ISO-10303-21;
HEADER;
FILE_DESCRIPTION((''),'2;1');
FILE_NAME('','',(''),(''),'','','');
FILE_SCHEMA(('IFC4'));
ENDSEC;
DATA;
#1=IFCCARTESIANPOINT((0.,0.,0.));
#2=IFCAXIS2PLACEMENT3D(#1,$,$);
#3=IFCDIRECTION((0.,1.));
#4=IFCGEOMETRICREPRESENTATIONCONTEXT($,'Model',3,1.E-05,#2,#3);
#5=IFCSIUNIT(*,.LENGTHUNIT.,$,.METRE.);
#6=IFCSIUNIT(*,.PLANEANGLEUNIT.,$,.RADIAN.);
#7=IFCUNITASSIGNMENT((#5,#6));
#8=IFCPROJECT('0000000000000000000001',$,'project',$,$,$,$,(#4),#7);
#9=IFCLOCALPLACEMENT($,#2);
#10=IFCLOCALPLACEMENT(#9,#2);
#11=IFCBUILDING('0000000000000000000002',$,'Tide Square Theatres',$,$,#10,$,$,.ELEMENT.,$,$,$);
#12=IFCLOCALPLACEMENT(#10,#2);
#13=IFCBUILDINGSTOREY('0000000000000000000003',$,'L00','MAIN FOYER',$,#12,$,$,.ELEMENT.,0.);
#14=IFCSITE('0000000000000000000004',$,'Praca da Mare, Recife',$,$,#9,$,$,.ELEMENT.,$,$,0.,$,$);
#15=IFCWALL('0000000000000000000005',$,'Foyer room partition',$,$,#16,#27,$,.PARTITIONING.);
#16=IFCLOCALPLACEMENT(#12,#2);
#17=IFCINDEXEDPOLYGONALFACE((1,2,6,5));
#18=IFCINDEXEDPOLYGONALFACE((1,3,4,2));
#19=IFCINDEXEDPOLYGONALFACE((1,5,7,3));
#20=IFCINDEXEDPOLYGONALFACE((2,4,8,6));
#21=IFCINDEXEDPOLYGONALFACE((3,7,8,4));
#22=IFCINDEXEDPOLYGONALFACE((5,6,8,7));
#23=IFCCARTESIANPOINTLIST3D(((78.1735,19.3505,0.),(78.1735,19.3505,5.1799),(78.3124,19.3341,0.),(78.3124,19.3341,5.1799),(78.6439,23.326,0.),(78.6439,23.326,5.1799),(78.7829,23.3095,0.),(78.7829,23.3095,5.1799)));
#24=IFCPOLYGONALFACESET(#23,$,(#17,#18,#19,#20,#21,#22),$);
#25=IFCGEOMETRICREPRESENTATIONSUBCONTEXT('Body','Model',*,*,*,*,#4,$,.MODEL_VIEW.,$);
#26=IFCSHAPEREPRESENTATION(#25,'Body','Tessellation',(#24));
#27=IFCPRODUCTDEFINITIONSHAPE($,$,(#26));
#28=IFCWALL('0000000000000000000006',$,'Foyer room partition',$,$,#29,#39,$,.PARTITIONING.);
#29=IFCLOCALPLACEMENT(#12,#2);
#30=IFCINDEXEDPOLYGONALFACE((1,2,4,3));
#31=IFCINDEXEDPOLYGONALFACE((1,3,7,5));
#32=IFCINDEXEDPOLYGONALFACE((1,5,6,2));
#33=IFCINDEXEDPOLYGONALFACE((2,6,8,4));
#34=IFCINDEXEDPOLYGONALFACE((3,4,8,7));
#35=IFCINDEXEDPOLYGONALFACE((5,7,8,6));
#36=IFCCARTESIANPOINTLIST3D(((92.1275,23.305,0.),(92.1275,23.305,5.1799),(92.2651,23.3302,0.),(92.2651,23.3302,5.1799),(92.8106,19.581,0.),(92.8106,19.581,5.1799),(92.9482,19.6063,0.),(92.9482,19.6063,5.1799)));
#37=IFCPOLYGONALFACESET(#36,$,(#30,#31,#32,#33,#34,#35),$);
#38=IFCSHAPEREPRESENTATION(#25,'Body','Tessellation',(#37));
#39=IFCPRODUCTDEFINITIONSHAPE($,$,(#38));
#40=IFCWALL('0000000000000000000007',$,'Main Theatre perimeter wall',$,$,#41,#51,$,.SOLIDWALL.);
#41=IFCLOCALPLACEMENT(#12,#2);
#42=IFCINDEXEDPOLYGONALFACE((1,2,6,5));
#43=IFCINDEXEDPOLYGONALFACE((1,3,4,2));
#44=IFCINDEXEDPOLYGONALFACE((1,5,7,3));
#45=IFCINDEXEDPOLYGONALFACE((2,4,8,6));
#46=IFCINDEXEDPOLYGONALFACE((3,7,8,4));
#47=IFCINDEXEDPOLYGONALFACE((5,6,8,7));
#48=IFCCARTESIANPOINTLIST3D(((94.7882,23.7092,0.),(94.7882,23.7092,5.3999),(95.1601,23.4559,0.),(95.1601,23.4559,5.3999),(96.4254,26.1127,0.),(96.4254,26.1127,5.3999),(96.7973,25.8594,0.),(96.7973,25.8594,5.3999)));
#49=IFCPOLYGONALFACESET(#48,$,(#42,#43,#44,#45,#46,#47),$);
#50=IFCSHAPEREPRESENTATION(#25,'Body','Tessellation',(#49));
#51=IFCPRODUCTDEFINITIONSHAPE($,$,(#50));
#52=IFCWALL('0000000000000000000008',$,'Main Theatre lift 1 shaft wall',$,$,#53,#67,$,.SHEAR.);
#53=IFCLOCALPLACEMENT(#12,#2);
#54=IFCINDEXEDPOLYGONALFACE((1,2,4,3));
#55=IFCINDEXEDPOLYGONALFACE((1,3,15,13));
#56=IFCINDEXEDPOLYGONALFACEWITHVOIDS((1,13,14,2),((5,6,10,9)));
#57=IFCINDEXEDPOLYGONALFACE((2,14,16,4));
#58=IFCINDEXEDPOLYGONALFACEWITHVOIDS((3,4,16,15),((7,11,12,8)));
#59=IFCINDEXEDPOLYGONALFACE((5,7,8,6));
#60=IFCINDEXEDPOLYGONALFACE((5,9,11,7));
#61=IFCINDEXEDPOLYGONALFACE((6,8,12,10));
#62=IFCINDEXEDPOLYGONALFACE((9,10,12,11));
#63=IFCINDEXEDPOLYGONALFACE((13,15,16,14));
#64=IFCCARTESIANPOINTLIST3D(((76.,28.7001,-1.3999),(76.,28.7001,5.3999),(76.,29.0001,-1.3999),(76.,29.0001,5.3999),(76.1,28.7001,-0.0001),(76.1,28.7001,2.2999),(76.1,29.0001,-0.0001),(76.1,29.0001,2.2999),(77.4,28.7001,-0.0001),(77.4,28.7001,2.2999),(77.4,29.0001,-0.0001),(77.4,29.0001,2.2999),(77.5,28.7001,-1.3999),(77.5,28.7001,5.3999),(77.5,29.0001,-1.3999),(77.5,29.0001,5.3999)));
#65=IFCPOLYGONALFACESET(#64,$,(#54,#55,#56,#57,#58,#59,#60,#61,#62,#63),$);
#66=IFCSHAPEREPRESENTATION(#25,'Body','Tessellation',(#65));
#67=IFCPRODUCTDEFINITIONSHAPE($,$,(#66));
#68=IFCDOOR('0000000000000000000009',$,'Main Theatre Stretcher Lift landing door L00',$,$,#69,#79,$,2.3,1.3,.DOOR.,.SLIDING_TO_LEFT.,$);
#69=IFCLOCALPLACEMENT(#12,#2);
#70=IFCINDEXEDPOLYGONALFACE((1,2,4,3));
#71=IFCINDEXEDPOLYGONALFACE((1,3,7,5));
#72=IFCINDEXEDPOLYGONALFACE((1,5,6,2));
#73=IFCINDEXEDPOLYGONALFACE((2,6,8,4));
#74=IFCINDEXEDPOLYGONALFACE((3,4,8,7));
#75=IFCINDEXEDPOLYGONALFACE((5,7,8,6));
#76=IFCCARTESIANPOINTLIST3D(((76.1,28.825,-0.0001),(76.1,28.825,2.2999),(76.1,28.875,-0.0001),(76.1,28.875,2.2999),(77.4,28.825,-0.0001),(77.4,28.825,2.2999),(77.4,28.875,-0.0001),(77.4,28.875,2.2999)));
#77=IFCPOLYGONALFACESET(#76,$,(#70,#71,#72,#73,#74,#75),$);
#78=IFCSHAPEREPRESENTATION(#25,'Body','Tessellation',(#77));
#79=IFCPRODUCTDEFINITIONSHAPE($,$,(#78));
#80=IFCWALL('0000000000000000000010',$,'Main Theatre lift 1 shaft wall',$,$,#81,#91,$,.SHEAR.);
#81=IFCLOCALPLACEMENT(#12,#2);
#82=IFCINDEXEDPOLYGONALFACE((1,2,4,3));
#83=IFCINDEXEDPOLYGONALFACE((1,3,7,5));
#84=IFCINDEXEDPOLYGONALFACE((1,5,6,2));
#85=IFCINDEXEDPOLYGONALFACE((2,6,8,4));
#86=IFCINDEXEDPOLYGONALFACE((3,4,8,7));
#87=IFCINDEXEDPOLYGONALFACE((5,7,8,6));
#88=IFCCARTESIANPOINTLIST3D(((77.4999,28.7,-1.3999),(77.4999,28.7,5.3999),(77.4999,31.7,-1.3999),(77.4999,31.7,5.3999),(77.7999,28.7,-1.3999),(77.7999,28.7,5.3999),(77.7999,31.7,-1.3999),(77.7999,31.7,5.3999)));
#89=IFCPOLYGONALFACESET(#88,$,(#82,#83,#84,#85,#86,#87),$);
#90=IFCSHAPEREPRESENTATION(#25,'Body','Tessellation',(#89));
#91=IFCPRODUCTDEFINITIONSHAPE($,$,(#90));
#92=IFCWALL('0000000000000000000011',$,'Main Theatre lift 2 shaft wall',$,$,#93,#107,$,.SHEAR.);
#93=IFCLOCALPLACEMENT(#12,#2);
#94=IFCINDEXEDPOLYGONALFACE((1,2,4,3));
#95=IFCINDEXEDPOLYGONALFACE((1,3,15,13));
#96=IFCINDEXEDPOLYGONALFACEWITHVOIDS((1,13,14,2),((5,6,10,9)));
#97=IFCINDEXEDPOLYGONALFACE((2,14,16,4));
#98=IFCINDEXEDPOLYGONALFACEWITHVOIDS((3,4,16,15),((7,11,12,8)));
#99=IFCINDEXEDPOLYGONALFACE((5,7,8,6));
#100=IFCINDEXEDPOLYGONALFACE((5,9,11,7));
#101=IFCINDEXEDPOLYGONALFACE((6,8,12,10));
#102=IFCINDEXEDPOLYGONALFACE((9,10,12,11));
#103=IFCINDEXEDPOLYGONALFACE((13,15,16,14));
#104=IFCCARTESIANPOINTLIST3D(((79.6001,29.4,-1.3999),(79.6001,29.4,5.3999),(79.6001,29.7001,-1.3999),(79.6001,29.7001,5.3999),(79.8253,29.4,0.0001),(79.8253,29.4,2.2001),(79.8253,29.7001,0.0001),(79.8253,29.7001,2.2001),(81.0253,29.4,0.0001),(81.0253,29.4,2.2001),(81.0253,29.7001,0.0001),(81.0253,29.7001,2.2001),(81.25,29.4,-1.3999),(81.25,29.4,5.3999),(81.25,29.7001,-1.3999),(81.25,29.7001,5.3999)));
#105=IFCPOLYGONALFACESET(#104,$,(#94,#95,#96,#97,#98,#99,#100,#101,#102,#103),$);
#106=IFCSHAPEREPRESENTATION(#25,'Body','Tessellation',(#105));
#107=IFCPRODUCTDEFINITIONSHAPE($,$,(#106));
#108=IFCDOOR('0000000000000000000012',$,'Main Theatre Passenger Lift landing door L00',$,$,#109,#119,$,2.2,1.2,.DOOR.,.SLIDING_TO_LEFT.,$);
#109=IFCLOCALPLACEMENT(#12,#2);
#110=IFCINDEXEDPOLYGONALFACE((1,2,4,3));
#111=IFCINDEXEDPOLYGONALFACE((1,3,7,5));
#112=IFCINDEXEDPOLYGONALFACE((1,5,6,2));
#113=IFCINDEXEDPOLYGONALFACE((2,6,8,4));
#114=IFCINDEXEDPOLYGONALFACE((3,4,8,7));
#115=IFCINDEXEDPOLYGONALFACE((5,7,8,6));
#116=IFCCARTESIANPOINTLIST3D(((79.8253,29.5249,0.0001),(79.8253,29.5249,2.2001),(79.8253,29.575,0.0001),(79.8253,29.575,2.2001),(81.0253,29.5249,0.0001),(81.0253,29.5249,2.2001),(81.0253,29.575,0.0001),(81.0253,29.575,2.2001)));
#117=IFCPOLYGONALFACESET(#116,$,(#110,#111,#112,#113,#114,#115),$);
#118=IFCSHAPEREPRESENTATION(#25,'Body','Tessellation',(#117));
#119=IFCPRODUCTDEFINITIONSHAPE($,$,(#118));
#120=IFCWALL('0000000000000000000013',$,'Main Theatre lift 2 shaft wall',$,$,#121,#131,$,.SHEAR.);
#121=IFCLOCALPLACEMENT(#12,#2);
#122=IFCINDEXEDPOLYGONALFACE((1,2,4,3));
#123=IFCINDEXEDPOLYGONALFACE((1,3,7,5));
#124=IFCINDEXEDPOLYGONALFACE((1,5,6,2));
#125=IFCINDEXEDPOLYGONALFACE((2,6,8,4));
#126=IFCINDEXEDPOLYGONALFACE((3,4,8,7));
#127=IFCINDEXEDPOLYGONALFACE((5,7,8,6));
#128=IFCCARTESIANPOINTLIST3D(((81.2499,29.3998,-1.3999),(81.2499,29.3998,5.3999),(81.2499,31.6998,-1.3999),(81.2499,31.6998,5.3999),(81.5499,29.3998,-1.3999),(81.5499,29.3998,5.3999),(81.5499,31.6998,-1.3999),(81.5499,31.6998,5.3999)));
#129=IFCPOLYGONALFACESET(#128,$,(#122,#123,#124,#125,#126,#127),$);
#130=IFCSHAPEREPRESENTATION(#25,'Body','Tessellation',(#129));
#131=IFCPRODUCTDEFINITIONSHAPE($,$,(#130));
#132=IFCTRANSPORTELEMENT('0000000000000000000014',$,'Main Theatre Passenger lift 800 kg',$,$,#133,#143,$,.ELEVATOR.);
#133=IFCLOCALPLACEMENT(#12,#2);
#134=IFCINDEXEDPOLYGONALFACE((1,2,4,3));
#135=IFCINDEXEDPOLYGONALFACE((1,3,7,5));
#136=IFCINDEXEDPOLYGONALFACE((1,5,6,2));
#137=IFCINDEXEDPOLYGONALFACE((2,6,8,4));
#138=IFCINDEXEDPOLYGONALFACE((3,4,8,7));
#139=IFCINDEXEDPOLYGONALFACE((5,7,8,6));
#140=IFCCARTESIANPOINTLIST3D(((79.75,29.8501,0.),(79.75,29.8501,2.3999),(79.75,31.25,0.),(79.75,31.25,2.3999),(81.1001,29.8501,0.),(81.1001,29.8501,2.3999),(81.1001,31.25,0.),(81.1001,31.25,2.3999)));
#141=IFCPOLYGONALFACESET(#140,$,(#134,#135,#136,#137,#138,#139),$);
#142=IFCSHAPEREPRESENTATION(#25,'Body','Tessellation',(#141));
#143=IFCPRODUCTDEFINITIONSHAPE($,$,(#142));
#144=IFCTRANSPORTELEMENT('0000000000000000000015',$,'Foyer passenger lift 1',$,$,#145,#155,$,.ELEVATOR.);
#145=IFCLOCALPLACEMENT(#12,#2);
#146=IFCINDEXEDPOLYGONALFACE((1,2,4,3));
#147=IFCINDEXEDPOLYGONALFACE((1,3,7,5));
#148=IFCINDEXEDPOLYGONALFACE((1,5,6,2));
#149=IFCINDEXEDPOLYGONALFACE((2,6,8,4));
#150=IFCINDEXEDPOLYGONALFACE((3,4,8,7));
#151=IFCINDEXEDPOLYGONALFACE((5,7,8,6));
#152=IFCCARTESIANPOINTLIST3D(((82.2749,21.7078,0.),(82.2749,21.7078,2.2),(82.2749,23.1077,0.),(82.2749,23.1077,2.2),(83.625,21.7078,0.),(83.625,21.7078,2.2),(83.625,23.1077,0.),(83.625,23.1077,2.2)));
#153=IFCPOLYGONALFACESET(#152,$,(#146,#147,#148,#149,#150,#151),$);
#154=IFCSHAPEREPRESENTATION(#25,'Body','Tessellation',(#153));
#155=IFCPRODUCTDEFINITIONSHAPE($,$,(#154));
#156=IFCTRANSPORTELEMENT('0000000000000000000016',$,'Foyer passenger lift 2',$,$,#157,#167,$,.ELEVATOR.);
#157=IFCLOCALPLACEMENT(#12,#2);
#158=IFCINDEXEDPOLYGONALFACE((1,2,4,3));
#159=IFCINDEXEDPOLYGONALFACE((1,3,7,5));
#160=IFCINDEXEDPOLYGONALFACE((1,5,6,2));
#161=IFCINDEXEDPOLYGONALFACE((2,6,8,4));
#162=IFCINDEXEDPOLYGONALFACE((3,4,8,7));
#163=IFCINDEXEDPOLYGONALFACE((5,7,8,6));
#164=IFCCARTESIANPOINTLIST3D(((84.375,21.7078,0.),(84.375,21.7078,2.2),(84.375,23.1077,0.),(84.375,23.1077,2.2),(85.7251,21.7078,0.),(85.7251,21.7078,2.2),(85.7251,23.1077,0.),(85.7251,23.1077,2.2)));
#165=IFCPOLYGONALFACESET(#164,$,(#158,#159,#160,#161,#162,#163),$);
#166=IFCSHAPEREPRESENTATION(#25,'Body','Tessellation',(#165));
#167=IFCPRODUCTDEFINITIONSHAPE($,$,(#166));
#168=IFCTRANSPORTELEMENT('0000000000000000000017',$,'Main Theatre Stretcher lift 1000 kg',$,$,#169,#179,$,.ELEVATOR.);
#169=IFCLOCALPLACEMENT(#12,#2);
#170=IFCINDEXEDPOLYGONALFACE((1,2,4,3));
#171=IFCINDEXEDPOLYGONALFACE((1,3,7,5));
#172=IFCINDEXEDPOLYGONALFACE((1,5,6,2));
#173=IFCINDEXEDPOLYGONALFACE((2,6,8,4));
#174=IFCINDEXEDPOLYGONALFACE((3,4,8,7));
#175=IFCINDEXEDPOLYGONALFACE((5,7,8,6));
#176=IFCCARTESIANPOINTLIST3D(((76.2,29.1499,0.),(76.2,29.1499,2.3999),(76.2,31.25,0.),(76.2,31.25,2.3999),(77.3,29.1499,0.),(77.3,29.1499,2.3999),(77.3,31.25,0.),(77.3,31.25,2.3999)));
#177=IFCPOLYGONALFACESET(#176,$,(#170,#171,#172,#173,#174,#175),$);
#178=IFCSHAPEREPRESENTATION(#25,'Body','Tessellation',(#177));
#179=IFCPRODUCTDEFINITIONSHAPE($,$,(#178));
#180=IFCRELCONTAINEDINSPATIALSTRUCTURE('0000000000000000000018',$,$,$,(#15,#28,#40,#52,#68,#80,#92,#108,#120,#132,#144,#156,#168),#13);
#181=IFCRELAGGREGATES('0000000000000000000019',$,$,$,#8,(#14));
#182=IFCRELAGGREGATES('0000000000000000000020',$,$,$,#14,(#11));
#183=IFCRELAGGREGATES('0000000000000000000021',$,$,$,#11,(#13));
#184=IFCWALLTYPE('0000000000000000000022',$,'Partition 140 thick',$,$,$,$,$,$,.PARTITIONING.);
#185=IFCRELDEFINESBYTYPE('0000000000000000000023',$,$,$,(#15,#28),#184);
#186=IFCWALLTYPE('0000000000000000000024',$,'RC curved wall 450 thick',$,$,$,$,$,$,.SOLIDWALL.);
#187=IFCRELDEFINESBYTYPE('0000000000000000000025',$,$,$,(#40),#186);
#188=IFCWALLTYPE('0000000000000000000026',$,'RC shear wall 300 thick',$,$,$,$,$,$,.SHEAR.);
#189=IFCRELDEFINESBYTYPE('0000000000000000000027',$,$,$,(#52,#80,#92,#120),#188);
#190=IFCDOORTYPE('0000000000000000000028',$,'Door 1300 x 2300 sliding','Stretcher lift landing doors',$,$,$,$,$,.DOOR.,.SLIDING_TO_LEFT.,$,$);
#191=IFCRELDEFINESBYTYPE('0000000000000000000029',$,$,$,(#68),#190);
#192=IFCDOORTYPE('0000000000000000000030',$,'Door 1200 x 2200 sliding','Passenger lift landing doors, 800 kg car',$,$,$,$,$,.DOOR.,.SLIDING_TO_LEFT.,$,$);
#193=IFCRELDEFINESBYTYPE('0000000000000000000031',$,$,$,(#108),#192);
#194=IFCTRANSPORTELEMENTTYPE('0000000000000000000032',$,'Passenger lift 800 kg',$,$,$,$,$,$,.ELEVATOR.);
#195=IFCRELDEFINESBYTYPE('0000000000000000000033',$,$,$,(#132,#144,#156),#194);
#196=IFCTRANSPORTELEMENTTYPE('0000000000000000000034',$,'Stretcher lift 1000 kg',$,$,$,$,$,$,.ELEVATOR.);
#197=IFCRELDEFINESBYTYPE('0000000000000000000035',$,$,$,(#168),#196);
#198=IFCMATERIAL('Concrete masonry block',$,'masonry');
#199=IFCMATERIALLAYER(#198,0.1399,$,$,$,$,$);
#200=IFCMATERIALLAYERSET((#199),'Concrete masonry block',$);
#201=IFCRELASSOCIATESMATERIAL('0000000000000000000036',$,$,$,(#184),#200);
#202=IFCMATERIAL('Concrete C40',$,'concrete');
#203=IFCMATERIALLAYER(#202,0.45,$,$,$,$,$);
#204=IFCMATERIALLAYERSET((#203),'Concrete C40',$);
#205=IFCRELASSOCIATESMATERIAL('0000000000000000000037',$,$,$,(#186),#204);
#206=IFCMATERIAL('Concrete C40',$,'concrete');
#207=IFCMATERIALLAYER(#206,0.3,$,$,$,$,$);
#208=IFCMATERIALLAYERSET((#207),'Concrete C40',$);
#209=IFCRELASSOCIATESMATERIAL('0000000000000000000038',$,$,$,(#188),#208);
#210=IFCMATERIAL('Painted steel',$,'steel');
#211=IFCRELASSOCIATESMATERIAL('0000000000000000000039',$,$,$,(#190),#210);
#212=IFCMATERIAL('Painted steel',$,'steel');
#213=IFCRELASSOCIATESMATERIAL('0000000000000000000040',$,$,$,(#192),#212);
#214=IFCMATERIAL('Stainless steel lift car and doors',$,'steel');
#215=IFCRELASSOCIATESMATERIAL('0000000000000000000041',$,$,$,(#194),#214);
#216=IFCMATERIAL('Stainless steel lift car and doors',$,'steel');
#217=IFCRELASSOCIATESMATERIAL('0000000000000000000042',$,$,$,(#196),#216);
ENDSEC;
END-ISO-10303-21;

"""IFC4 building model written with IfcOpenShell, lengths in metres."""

from ifc_helpers import new_model, si_unit, direction, frame, frame_2d, origin, origin_2d, place, context, subcontext, project, spatial, rectangle, extrude, material, layer, layer_set, type_object, element, fill, save


model = new_model("IFC4")

# Units and contexts
model_context = context("Model", 3, precision=1e-05, world=origin(), true_north=direction((0.0, 1.0)))
body_context = subcontext(model_context, "Body", "Model", "MODEL_VIEW")
ifc_project = project(units=[si_unit("LENGTHUNIT", "METRE"), si_unit("PLANEANGLEUNIT", "RADIAN")], contexts=[model_context])

# Site, building, storey
site_placement = place(None, origin())
site = spatial("IfcSite", under=ifc_project, at=site_placement, Name="Praca da Mare, Recife", CompositionType="ELEMENT", RefElevation=0.0)
building_placement = place(site_placement, origin())
building = spatial("IfcBuilding", under=site, at=building_placement, Name="Tide Square Theatres", CompositionType="ELEMENT")
storey_placement = place(building_placement, origin())
storey = spatial("IfcBuildingStorey", under=building, at=storey_placement, Name="L00", Description="MAIN FOYER", CompositionType="ELEMENT", Elevation=0.0)

# Walls
ifc_material_1 = material(Name="Concrete masonry block", Category="masonry")
ifc_layer_1 = layer(ifc_material_1, 0.1399)
ifc_layer_set_1 = layer_set([ifc_layer_1], Name="Concrete masonry block")
wall_type_1 = type_object("IfcWallType", Name="Partition 140 thick", PredefinedType="PARTITIONING", material=ifc_layer_set_1)
wall_1_placement = place(storey_placement, frame((78.7134, 23.3176, 0.0), z_axis=(0.0, 0.0, 1.0), x_axis=(-0.117524, -0.99307, 0.0)))
element("IfcWall", 1, at=wall_1_placement, inside=storey, type_object=wall_type_1, Name="Foyer room partition", PredefinedType="PARTITIONING", context=body_context, shape_type="SweptSolid", body=[
    extrude(rectangle(XDim=4.0032, YDim=0.1399, at=frame_2d((2.0015, 0.0))), origin(), (0.0, 0.0, 1.0), 5.1799),
])
wall_2_placement = place(storey_placement, frame((92.1963, 23.3176, 0.0), z_axis=(0.0, 0.0, 1.0), x_axis=(0.180429, -0.983588, 0.0)))
element("IfcWall", 2, at=wall_2_placement, inside=storey, type_object=wall_type_1, Name="Foyer room partition", PredefinedType="PARTITIONING", context=body_context, shape_type="SweptSolid", body=[
    extrude(rectangle(XDim=3.7861, YDim=0.1399, at=frame_2d((1.8931, 0.0))), origin(), (0.0, 0.0, 1.0), 5.1799),
])
ifc_material_2 = material(Name="Concrete C40", Category="concrete")
ifc_layer_2 = layer(ifc_material_2, 0.45)
ifc_layer_set_2 = layer_set([ifc_layer_2], Name="Concrete C40")
wall_type_2 = type_object("IfcWallType", Name="RC curved wall 450 thick", PredefinedType="SOLIDWALL", material=ifc_layer_set_2)
wall_3_placement = place(storey_placement, frame((94.9741, 23.5825, 0.0), z_axis=(0.0, 0.0, 1.0), x_axis=(0.562964, 0.826481, 0.0)))
element("IfcWall", 3, at=wall_3_placement, inside=storey, type_object=wall_type_2, Name="Main Theatre perimeter wall", PredefinedType="SOLIDWALL", context=body_context, shape_type="SweptSolid", body=[
    extrude(rectangle(XDim=2.9082, YDim=0.45, at=frame_2d((1.4541, 0.0))), origin(), (0.0, 0.0, 1.0), 5.3999),
])

# Wall, opening, door
ifc_material_3 = material(Name="Concrete C40", Category="concrete")
ifc_layer_3 = layer(ifc_material_3, 0.3)
ifc_layer_set_3 = layer_set([ifc_layer_3], Name="Concrete C40")
wall_type_3 = type_object("IfcWallType", Name="RC shear wall 300 thick", PredefinedType="SHEAR", material=ifc_layer_set_3)
wall_4_placement = place(storey_placement, frame((76.0, 28.8501, -1.3999), z_axis=(0.0, 0.0, 1.0), x_axis=(1.0, 0.0, 0.0)))
wall_4 = element("IfcWall", 4, at=wall_4_placement, inside=storey, type_object=wall_type_3, Name="Main Theatre lift 1 shaft wall", PredefinedType="SHEAR", context=body_context, shape_type="SweptSolid", body=[
    extrude(rectangle(XDim=1.5, YDim=0.3, at=frame_2d((0.75, 0.0))), origin(), (0.0, 0.0, 1.0), 6.7998),
])
opening_1_placement = place(wall_4_placement, frame((0.1001, 0.0, 1.3999)))
opening_1 = element("IfcOpeningElement", 5, at=opening_1_placement, cuts=wall_4, PredefinedType="OPENING", context=body_context, shape_type="SweptSolid", body=[
    extrude(rectangle(XDim=1.3, YDim=2.3, at=frame_2d((0.6499, 1.1499))), frame((0.0, 0.1599, 0.0), z_axis=(0.0, -1.0, 0.0), x_axis=(1.0, 0.0, 0.0)), (0.0, 0.0, 1.0), 0.3201),
])
ifc_material_4 = material(Name="Painted steel", Category="steel")
door_type_1 = type_object("IfcDoorType", Name="Door 1300 x 2300 sliding", Description="Stretcher lift landing doors", OperationType="SLIDING_TO_LEFT", PredefinedType="DOOR", material=ifc_material_4)
door_1_placement = place(opening_1_placement, origin())
door_1 = element("IfcDoor", 6, at=door_1_placement, inside=storey, type_object=door_type_1, Name="Main Theatre Stretcher Lift landing door L00", OperationType="SLIDING_TO_LEFT", OverallHeight=2.3, OverallWidth=1.3, PredefinedType="DOOR", context=body_context, shape_type="SweptSolid", body=[
    extrude(rectangle(XDim=1.3, YDim=2.3, at=frame_2d((0.6499, 1.1499))), frame((0.0, 0.0249, 0.0), z_axis=(0.0, -1.0, 0.0), x_axis=(1.0, 0.0, 0.0)), (0.0, 0.0, 1.0), 0.05),
])
fill(opening_1, door_1)

# Wall
wall_5_placement = place(storey_placement, frame((77.6499, 28.7, -1.3999), z_axis=(0.0, 0.0, 1.0), x_axis=(0.0, 1.0, 0.0)))
element("IfcWall", 7, at=wall_5_placement, inside=storey, type_object=wall_type_3, Name="Main Theatre lift 1 shaft wall", PredefinedType="SHEAR", context=body_context, shape_type="SweptSolid", body=[
    extrude(rectangle(XDim=3.0, YDim=0.3, at=frame_2d((1.5, 0.0))), origin(), (0.0, 0.0, 1.0), 6.7998),
])

# Wall, opening, door
wall_6_placement = place(storey_placement, frame((79.6001, 29.55, -1.3999), z_axis=(0.0, 0.0, 1.0), x_axis=(1.0, 0.0, 0.0)))
wall_6 = element("IfcWall", 8, at=wall_6_placement, inside=storey, type_object=wall_type_3, Name="Main Theatre lift 2 shaft wall", PredefinedType="SHEAR", context=body_context, shape_type="SweptSolid", body=[
    extrude(rectangle(XDim=1.6499, YDim=0.3, at=frame_2d((0.825, 0.0))), origin(), (0.0, 0.0, 1.0), 6.7998),
])
opening_2_placement = place(wall_6_placement, frame((0.2251, 0.0, 1.3999)))
opening_2 = element("IfcOpeningElement", 9, at=opening_2_placement, cuts=wall_6, PredefinedType="OPENING", context=body_context, shape_type="SweptSolid", body=[
    extrude(rectangle(XDim=1.2, YDim=2.2, at=frame_2d((0.6001, 1.1001))), frame((0.0, 0.1599, 0.0), z_axis=(0.0, -1.0, 0.0), x_axis=(1.0, 0.0, 0.0)), (0.0, 0.0, 1.0), 0.3201),
])
ifc_material_5 = material(Name="Painted steel", Category="steel")
door_type_2 = type_object("IfcDoorType", Name="Door 1200 x 2200 sliding", Description="Passenger lift landing doors, 800 kg car", OperationType="SLIDING_TO_LEFT", PredefinedType="DOOR", material=ifc_material_5)
door_2_placement = place(opening_2_placement, origin())
door_2 = element("IfcDoor", 10, at=door_2_placement, inside=storey, type_object=door_type_2, Name="Main Theatre Passenger Lift landing door L00", OperationType="SLIDING_TO_LEFT", OverallHeight=2.2, OverallWidth=1.2, PredefinedType="DOOR", context=body_context, shape_type="SweptSolid", body=[
    extrude(rectangle(XDim=1.2, YDim=2.2, at=frame_2d((0.6001, 1.1001))), frame((0.0, 0.0249, 0.0), z_axis=(0.0, -1.0, 0.0), x_axis=(1.0, 0.0, 0.0)), (0.0, 0.0, 1.0), 0.05),
])
fill(opening_2, door_2)

# Wall
wall_7_placement = place(storey_placement, frame((81.3999, 29.3999, -1.3999), z_axis=(0.0, 0.0, 1.0), x_axis=(0.0, 1.0, 0.0)))
element("IfcWall", 11, at=wall_7_placement, inside=storey, type_object=wall_type_3, Name="Main Theatre lift 2 shaft wall", PredefinedType="SHEAR", context=body_context, shape_type="SweptSolid", body=[
    extrude(rectangle(XDim=2.3, YDim=0.3, at=frame_2d((1.1499, 0.0))), origin(), (0.0, 0.0, 1.0), 6.7998),
])

# Transport elements
ifc_material_6 = material(Name="Stainless steel lift car and doors", Category="steel")
transport_element_type_1 = type_object("IfcTransportElementType", Name="Passenger lift 800 kg", PredefinedType="ELEVATOR", material=ifc_material_6)
transport_element_1_placement = place(storey_placement, frame((80.425, 30.55, 0.0), z_axis=(0.0, 0.0, 1.0), x_axis=(1.0, 0.0, 0.0)))
element("IfcTransportElement", 12, at=transport_element_1_placement, inside=storey, type_object=transport_element_type_1, Name="Main Theatre Passenger lift 800 kg", PredefinedType="ELEVATOR", context=body_context, shape_type="SweptSolid", body=[
    extrude(rectangle(XDim=1.3501, YDim=1.3999, at=origin_2d()), origin(), (0.0, 0.0, 1.0), 2.3999),
])
for number, where, z_axis, x_axis, name in (
    (13, (82.95, 22.4077, 0.0), (0.0, 0.0, 1.0), (1.0, 0.0, 0.0), "Foyer passenger lift 1"),
    (14, (85.05, 22.4077, 0.0), (0.0, 0.0, 1.0), (1.0, 0.0, 0.0), "Foyer passenger lift 2"),
):
    element("IfcTransportElement", number, at=place(storey_placement, frame(where, z_axis=z_axis, x_axis=x_axis)), inside=storey, type_object=transport_element_type_1, Name=name, PredefinedType="ELEVATOR", context=body_context, shape_type="SweptSolid", body=[
        extrude(rectangle(XDim=1.3501, YDim=1.3999, at=origin_2d()), origin(), (0.0, 0.0, 1.0), 2.2),
    ])
ifc_material_7 = material(Name="Stainless steel lift car and doors", Category="steel")
transport_element_type_2 = type_object("IfcTransportElementType", Name="Stretcher lift 1000 kg", PredefinedType="ELEVATOR", material=ifc_material_7)
transport_element_2_placement = place(storey_placement, frame((76.75, 30.2, 0.0), z_axis=(0.0, 0.0, 1.0), x_axis=(1.0, 0.0, 0.0)))
element("IfcTransportElement", 15, at=transport_element_2_placement, inside=storey, type_object=transport_element_type_2, Name="Main Theatre Stretcher lift 1000 kg", PredefinedType="ELEVATOR", context=body_context, shape_type="SweptSolid", body=[
    extrude(rectangle(XDim=1.1001, YDim=2.1001, at=origin_2d()), origin(), (0.0, 0.0, 1.0), 2.3999),
])

save(model, "model.ifc")
